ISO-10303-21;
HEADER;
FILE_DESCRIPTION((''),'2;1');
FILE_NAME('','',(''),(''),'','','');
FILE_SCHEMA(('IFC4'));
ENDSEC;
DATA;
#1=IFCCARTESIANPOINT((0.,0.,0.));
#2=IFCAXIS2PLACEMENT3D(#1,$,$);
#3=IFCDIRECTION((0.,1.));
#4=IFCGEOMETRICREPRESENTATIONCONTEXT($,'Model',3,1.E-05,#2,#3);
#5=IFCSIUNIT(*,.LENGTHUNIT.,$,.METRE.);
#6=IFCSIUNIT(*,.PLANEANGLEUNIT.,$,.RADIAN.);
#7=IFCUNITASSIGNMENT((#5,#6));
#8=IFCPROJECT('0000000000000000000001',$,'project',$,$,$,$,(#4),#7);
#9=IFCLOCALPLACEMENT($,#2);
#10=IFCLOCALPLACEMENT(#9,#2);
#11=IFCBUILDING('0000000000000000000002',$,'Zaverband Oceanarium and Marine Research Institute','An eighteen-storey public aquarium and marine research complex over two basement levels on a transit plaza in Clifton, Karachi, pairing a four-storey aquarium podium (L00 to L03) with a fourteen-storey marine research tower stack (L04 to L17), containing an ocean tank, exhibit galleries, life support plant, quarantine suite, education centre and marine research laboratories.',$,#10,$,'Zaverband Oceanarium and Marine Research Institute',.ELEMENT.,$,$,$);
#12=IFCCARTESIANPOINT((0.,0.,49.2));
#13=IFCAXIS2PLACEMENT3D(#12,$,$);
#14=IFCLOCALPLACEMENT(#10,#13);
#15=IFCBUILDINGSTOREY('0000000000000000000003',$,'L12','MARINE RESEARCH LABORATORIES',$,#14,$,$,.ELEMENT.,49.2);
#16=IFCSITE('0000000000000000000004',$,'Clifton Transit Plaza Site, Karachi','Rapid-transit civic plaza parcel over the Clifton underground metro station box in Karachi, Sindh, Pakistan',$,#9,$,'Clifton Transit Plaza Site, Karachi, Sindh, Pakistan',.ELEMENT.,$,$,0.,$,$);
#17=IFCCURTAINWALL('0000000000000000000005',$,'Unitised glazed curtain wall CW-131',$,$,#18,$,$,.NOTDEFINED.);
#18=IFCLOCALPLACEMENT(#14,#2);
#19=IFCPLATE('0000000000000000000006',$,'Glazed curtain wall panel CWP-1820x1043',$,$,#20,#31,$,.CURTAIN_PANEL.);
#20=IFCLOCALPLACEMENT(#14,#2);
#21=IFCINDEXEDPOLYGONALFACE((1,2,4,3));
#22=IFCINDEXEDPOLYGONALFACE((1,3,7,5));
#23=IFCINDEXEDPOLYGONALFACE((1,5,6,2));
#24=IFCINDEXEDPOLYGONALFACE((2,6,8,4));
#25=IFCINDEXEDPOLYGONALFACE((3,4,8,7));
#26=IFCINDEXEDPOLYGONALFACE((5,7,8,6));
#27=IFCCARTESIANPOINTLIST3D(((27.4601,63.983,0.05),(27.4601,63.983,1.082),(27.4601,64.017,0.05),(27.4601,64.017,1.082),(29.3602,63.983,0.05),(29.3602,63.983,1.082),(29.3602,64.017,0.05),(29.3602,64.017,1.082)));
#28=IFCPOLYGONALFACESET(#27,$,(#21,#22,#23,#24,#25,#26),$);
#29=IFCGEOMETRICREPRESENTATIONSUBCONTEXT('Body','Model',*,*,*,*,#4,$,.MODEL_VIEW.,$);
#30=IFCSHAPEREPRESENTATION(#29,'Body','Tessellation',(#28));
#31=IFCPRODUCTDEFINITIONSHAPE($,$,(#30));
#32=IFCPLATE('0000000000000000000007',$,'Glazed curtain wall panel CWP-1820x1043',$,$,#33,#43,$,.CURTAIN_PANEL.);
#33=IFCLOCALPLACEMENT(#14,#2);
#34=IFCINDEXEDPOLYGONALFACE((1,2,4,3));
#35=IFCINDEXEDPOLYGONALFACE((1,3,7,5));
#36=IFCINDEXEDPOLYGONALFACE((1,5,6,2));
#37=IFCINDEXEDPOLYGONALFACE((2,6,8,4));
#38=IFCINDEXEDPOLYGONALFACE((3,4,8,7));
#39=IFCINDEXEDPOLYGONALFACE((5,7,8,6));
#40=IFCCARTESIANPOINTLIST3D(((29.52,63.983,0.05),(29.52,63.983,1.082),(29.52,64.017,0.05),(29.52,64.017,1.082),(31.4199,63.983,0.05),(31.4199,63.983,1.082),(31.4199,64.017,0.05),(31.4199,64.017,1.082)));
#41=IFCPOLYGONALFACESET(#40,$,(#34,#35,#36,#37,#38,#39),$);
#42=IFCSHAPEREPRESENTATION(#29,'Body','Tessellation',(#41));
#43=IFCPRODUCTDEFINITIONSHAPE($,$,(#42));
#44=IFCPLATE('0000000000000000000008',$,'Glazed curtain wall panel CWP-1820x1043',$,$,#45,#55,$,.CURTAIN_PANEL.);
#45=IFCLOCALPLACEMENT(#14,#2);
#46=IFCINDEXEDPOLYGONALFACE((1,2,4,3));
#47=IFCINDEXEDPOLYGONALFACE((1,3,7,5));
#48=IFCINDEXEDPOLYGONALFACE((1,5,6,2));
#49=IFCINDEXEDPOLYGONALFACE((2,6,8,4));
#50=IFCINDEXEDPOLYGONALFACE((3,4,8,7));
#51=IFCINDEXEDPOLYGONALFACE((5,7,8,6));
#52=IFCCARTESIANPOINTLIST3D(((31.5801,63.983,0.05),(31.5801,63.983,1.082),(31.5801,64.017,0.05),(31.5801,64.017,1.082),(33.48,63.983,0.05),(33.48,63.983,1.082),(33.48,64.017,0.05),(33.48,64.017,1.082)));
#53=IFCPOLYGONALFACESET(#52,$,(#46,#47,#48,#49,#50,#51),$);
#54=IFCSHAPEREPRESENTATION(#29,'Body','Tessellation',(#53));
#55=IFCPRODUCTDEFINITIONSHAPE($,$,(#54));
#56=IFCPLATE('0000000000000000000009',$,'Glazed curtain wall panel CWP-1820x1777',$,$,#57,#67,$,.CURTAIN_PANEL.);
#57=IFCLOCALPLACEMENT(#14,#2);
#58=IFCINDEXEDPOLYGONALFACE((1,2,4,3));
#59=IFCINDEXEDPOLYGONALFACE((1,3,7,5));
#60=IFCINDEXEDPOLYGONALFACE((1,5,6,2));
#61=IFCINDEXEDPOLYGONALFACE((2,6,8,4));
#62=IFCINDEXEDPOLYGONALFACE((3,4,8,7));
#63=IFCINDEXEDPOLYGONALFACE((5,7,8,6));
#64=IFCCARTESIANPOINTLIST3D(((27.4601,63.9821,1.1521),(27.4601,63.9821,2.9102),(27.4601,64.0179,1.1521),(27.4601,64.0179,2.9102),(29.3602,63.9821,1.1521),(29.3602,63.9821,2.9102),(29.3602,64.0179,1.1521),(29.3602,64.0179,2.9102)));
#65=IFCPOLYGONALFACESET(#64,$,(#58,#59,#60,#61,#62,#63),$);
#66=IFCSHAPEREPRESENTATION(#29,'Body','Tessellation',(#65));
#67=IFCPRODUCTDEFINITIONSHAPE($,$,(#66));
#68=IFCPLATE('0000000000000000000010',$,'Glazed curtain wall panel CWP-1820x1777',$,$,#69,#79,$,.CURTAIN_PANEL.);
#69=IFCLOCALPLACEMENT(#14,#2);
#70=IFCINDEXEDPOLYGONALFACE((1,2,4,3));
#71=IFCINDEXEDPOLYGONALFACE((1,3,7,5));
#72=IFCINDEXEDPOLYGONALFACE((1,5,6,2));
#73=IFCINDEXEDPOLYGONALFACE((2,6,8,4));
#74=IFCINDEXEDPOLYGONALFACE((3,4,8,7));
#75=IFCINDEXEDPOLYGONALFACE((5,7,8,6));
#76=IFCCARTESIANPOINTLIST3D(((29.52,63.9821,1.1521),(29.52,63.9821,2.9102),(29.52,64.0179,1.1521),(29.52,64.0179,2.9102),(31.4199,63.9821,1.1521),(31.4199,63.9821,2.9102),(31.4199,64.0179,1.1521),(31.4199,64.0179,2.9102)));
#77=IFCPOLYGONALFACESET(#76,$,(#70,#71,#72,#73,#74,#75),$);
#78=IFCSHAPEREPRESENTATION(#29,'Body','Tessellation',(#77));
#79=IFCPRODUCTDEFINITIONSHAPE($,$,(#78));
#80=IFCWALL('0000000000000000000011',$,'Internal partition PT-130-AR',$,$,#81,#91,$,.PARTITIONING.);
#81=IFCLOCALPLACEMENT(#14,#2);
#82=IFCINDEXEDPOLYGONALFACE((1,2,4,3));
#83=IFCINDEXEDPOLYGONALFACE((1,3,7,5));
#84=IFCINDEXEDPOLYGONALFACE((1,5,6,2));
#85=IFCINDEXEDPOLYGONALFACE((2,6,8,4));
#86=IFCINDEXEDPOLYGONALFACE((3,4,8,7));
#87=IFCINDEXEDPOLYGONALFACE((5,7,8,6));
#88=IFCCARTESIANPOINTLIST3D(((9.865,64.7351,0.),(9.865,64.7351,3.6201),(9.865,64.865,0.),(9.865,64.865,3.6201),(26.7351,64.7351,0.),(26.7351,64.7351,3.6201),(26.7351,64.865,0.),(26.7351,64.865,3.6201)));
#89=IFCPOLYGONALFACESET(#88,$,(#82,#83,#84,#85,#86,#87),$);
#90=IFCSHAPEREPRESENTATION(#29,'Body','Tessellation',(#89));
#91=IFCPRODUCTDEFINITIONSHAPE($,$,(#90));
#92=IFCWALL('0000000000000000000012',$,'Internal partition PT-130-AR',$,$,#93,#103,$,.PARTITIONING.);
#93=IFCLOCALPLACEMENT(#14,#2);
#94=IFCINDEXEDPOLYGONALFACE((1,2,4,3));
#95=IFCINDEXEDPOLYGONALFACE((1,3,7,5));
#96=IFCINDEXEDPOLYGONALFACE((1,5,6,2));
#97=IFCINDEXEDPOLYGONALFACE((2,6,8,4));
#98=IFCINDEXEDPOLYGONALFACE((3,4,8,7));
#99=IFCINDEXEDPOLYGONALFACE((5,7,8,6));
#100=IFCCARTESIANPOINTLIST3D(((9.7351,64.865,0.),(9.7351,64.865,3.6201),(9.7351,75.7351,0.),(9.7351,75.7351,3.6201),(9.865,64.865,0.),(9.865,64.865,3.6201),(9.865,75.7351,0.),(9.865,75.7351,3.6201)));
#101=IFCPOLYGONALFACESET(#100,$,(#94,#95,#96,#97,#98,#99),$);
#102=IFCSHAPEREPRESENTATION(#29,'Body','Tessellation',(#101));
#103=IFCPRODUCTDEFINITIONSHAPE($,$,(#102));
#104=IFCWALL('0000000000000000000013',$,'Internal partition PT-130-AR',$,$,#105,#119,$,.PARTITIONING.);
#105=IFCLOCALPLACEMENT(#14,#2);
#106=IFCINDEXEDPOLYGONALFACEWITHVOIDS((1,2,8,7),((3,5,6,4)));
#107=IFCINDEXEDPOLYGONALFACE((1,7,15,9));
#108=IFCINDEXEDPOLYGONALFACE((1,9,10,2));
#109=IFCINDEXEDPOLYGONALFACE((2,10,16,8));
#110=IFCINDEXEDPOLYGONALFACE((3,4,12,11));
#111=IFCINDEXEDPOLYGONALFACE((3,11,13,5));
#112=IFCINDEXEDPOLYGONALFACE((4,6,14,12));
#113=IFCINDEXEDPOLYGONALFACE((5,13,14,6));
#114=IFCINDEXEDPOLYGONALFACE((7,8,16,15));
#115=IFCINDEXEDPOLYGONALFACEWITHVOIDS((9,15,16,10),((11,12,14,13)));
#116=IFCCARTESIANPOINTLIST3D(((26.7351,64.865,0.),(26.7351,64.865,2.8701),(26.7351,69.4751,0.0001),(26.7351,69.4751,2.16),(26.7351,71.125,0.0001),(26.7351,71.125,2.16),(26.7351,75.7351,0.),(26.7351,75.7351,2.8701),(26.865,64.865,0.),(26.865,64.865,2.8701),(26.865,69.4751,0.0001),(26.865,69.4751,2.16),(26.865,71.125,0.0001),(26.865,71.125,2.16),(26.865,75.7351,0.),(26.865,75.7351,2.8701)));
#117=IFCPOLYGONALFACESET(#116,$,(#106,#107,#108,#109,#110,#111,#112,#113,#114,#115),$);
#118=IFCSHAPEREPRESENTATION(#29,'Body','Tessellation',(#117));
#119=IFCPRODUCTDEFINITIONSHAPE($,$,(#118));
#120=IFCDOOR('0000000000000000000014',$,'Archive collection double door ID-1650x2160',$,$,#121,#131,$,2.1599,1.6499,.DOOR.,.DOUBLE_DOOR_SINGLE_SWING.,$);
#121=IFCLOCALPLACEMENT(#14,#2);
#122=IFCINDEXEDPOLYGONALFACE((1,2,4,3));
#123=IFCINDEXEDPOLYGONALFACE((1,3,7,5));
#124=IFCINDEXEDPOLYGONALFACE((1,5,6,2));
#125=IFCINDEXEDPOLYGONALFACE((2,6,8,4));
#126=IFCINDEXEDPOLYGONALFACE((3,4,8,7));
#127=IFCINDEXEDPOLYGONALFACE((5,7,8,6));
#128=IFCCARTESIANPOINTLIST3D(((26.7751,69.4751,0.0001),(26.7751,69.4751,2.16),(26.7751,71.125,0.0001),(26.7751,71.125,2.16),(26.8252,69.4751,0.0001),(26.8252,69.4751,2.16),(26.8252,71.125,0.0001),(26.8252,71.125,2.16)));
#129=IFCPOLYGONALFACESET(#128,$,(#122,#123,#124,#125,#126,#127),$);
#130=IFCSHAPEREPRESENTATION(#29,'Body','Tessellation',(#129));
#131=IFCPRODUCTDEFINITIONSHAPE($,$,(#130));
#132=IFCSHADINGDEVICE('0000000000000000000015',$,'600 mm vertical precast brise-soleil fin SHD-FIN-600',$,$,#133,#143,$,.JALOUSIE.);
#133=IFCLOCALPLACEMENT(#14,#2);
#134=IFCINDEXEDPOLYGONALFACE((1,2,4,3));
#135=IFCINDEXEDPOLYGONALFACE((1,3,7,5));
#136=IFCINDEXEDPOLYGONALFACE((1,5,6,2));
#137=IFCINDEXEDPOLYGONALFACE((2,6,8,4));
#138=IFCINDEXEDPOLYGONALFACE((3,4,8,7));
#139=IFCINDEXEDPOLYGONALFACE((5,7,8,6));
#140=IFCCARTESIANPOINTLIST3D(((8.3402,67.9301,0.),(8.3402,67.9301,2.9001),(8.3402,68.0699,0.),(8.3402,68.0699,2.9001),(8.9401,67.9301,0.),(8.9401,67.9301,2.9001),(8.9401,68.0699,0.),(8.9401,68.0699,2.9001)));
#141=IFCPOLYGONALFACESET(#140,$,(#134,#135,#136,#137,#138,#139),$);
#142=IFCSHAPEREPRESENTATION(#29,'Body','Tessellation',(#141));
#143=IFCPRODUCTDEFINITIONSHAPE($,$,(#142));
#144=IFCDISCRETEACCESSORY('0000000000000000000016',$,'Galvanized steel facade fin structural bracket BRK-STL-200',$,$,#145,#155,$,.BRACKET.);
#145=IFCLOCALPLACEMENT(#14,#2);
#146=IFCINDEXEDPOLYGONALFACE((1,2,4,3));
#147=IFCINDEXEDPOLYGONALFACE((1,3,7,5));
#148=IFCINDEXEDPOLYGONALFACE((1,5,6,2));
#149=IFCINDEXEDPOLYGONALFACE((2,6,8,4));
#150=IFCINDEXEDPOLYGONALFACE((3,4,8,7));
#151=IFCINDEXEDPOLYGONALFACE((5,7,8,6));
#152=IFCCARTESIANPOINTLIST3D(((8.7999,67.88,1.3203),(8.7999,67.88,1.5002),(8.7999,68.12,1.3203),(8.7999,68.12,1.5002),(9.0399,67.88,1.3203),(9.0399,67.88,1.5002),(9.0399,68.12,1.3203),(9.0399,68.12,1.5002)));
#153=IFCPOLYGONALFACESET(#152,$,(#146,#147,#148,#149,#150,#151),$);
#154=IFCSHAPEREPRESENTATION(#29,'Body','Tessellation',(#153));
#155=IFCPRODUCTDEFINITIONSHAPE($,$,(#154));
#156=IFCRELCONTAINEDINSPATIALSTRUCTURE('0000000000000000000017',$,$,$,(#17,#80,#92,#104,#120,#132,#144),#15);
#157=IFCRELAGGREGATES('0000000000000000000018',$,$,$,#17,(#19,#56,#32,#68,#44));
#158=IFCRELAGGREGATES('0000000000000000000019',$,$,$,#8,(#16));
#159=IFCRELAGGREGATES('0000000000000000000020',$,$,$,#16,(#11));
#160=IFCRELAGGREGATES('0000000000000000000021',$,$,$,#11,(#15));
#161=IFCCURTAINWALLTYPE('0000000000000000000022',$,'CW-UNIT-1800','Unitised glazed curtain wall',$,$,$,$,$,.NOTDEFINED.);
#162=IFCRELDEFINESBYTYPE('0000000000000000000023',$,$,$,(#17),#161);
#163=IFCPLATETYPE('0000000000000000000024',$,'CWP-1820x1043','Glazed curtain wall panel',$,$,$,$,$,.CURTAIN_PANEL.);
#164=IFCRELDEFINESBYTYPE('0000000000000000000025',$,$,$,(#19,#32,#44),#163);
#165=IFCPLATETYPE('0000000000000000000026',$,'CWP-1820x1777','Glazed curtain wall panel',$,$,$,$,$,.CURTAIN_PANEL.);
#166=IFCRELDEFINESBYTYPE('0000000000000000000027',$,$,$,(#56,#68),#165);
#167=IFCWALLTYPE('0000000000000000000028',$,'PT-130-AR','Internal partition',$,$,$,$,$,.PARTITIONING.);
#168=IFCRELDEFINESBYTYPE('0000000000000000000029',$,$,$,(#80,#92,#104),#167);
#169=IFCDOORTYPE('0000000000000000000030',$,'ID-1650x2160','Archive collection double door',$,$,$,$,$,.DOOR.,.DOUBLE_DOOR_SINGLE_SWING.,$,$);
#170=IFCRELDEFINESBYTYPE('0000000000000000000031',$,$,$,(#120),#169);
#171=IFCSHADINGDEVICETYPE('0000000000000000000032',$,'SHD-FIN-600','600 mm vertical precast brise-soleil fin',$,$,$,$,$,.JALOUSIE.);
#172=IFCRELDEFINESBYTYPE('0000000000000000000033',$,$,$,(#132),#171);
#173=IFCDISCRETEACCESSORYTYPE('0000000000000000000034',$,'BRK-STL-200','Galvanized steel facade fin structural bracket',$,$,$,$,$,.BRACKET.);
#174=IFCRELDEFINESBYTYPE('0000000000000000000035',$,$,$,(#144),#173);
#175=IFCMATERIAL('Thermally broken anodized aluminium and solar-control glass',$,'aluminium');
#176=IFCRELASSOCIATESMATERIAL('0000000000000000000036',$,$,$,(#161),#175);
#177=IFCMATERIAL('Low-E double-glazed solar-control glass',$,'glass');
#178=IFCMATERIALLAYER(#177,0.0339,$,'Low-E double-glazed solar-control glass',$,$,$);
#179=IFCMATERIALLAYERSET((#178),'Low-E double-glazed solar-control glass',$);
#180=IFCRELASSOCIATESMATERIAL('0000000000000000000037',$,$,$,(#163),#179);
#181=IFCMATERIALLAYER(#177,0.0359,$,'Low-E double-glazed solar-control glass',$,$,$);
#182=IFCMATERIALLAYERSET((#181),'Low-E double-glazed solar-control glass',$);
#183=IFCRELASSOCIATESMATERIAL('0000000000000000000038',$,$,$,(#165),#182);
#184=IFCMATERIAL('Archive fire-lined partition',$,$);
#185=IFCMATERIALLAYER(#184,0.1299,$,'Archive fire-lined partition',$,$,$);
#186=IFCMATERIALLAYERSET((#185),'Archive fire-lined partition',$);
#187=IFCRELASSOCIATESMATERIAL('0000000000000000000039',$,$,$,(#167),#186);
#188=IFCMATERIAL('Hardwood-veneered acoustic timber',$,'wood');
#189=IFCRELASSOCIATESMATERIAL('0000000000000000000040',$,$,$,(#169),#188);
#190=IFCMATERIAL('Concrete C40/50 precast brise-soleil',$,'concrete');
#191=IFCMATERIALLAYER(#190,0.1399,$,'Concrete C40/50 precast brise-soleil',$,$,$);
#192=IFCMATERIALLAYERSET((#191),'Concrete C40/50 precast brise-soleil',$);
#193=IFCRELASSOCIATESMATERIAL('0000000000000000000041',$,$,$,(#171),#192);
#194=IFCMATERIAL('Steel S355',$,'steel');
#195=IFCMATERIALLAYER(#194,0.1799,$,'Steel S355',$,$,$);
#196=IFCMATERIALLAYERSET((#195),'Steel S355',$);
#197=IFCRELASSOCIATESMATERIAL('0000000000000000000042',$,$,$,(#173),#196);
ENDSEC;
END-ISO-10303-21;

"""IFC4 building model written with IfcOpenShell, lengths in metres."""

from ifc_helpers import new_model, si_unit, direction, frame, frame_2d, origin, origin_2d, place, context, subcontext, project, spatial, rectangle, extrude, material, layer, layer_set, type_object, element, fill, aggregate, save


model = new_model("IFC4")

# Units and contexts
model_context = context("Model", 3, precision=1e-05, world=origin(), true_north=direction((0.0, 1.0)))
body_context = subcontext(model_context, "Body", "Model", "MODEL_VIEW")
ifc_project = project(units=[si_unit("LENGTHUNIT", "METRE"), si_unit("PLANEANGLEUNIT", "RADIAN")], contexts=[model_context])

# Site, building, storey
site_placement = place(None, origin())
site = spatial("IfcSite", under=ifc_project, at=site_placement, Name="Clifton Transit Plaza Site, Karachi", Description="Rapid-transit civic plaza parcel over the Clifton underground metro station box in Karachi, Sindh, Pakistan", LongName="Clifton Transit Plaza Site, Karachi, Sindh, Pakistan", CompositionType="ELEMENT", RefElevation=0.0)
building_placement = place(site_placement, origin())
building = spatial("IfcBuilding", under=site, at=building_placement, Name="Zaverband Oceanarium and Marine Research Institute", Description="An eighteen-storey public aquarium and marine research complex over two basement levels on a transit plaza in Clifton, Karachi, pairing a four-storey aquarium podium (L00 to L03) with a fourteen-storey marine research tower stack (L04 to L17), containing an ocean tank, exhibit galleries, life support plant, quarantine suite, education centre and marine research laboratories.", LongName="Zaverband Oceanarium and Marine Research Institute", CompositionType="ELEMENT")
storey_placement = place(building_placement, frame((0.0, 0.0, 49.2)))
storey = spatial("IfcBuildingStorey", under=building, at=storey_placement, Name="L12", Description="MARINE RESEARCH LABORATORIES", CompositionType="ELEMENT", Elevation=49.2)

# Shared definitions
ifc_material_1 = material(Name="Thermally broken anodized aluminium and solar-control glass", Category="aluminium")
curtain_wall_type = type_object("IfcCurtainWallType", Name="CW-UNIT-1800", Description="Unitised glazed curtain wall", PredefinedType="NOTDEFINED", material=ifc_material_1)

# Curtain wall
curtain_wall_1_placement = place(storey_placement, origin())
curtain_wall_1 = element("IfcCurtainWall", 1, at=curtain_wall_1_placement, inside=storey, type_object=curtain_wall_type, Name="Unitised glazed curtain wall CW-131", PredefinedType="NOTDEFINED")

# Plates
ifc_material_2 = material(Name="Low-E double-glazed solar-control glass", Category="glass")
ifc_layer_1 = layer(ifc_material_2, 0.0339, Name="Low-E double-glazed solar-control glass")
ifc_layer_set_1 = layer_set([ifc_layer_1], Name="Low-E double-glazed solar-control glass")
plate_type_1 = type_object("IfcPlateType", Name="CWP-1820x1043", Description="Glazed curtain wall panel", PredefinedType="CURTAIN_PANEL", material=ifc_layer_set_1)
plate_1_placement = place(storey_placement, frame((27.46, 64.0, 0.05), z_axis=(0.0, 0.0, 1.0), x_axis=(1.0, 0.0, 0.0)))
plate_1 = element("IfcPlate", 2, at=plate_1_placement, type_object=plate_type_1, Name="Glazed curtain wall panel CWP-1820x1043", PredefinedType="CURTAIN_PANEL", context=body_context, shape_type="SweptSolid", body=[
    extrude(rectangle(XDim=1.9001, YDim=0.0339, at=frame_2d((0.9502, 0.0))), origin(), (0.0, 0.0, 1.0), 1.032),
])
plate_2_placement = place(storey_placement, frame((29.52, 64.0, 0.05), z_axis=(0.0, 0.0, 1.0), x_axis=(1.0, 0.0, 0.0)))
plate_2 = element("IfcPlate", 3, at=plate_2_placement, type_object=plate_type_1, Name="Glazed curtain wall panel CWP-1820x1043", PredefinedType="CURTAIN_PANEL", context=body_context, shape_type="SweptSolid", body=[
    extrude(rectangle(XDim=1.8999, YDim=0.0339, at=frame_2d((0.95, 0.0))), origin(), (0.0, 0.0, 1.0), 1.032),
])
plate_3_placement = place(storey_placement, frame((31.5801, 64.0, 0.05), z_axis=(0.0, 0.0, 1.0), x_axis=(1.0, 0.0, 0.0)))
plate_3 = element("IfcPlate", 4, at=plate_3_placement, type_object=plate_type_1, Name="Glazed curtain wall panel CWP-1820x1043", PredefinedType="CURTAIN_PANEL", context=body_context, shape_type="SweptSolid", body=[
    extrude(rectangle(XDim=1.8999, YDim=0.0339, at=frame_2d((0.95, 0.0))), origin(), (0.0, 0.0, 1.0), 1.032),
])
ifc_layer_2 = layer(ifc_material_2, 0.0359, Name="Low-E double-glazed solar-control glass")
ifc_layer_set_2 = layer_set([ifc_layer_2], Name="Low-E double-glazed solar-control glass")
plate_type_2 = type_object("IfcPlateType", Name="CWP-1820x1777", Description="Glazed curtain wall panel", PredefinedType="CURTAIN_PANEL", material=ifc_layer_set_2)
plate_4_placement = place(storey_placement, frame((27.46, 64.0, 1.1521), z_axis=(0.0, 0.0, 1.0), x_axis=(1.0, 0.0, 0.0)))
plate_4 = element("IfcPlate", 5, at=plate_4_placement, type_object=plate_type_2, Name="Glazed curtain wall panel CWP-1820x1777", PredefinedType="CURTAIN_PANEL", context=body_context, shape_type="SweptSolid", body=[
    extrude(rectangle(XDim=1.9001, YDim=0.0359, at=frame_2d((0.9502, 0.0))), origin(), (0.0, 0.0, 1.0), 1.7581),
])
plate_5_placement = place(storey_placement, frame((29.52, 64.0, 1.1521), z_axis=(0.0, 0.0, 1.0), x_axis=(1.0, 0.0, 0.0)))
plate_5 = element("IfcPlate", 6, at=plate_5_placement, type_object=plate_type_2, Name="Glazed curtain wall panel CWP-1820x1777", PredefinedType="CURTAIN_PANEL", context=body_context, shape_type="SweptSolid", body=[
    extrude(rectangle(XDim=1.8999, YDim=0.0359, at=frame_2d((0.95, 0.0))), origin(), (0.0, 0.0, 1.0), 1.7581),
])
aggregate(curtain_wall_1, [plate_1, plate_4, plate_2, plate_5, plate_3])

# Walls
ifc_material_3 = material(Name="Archive fire-lined partition")
ifc_layer_3 = layer(ifc_material_3, 0.1299, Name="Archive fire-lined partition")
ifc_layer_set_3 = layer_set([ifc_layer_3], Name="Archive fire-lined partition")
wall_type = type_object("IfcWallType", Name="PT-130-AR", Description="Internal partition", PredefinedType="PARTITIONING", material=ifc_layer_set_3)
wall_1_placement = place(storey_placement, frame((9.865, 64.8, 0.0), z_axis=(0.0, 0.0, 1.0), x_axis=(1.0, 0.0, 0.0)))
element("IfcWall", 7, at=wall_1_placement, inside=storey, type_object=wall_type, Name="Internal partition PT-130-AR", PredefinedType="PARTITIONING", context=body_context, shape_type="SweptSolid", body=[
    extrude(rectangle(XDim=16.8701, YDim=0.1299, at=frame_2d((8.4351, 0.0))), origin(), (0.0, 0.0, 1.0), 3.6201),
])
wall_2_placement = place(storey_placement, frame((9.8, 64.865, 0.0), z_axis=(0.0, 0.0, 1.0), x_axis=(0.0, 1.0, 0.0)))
element("IfcWall", 8, at=wall_2_placement, inside=storey, type_object=wall_type, Name="Internal partition PT-130-AR", PredefinedType="PARTITIONING", context=body_context, shape_type="SweptSolid", body=[
    extrude(rectangle(XDim=10.8701, YDim=0.1299, at=frame_2d((5.4351, 0.0))), origin(), (0.0, 0.0, 1.0), 3.6201),
])

# Wall, opening, door
wall_3_placement = place(storey_placement, frame((26.8, 64.865, 0.0), z_axis=(0.0, 0.0, 1.0), x_axis=(0.0, 1.0, 0.0)))
wall_3 = element("IfcWall", 9, at=wall_3_placement, inside=storey, type_object=wall_type, Name="Internal partition PT-130-AR", PredefinedType="PARTITIONING", context=body_context, shape_type="SweptSolid", body=[
    extrude(rectangle(XDim=10.8701, YDim=0.1299, at=frame_2d((5.4351, 0.0))), origin(), (0.0, 0.0, 1.0), 2.8701),
])
opening_placement = place(wall_3_placement, frame((4.6101, 0.0, 0.0)))
opening = element("IfcOpeningElement", 10, at=opening_placement, cuts=wall_3, PredefinedType="OPENING", context=body_context, shape_type="SweptSolid", body=[
    extrude(rectangle(XDim=1.6499, YDim=2.1599, at=frame_2d((0.825, 1.0801))), frame((0.0, 0.0769, 0.0), z_axis=(0.0, -1.0, 0.0), x_axis=(1.0, 0.0, 0.0)), (0.0, 0.0, 1.0), 0.1538),
])
ifc_material_4 = material(Name="Hardwood-veneered acoustic timber", Category="wood")
door_type = type_object("IfcDoorType", Name="ID-1650x2160", Description="Archive collection double door", OperationType="DOUBLE_DOOR_SINGLE_SWING", PredefinedType="DOOR", material=ifc_material_4)
door_placement = place(opening_placement, origin())
door = element("IfcDoor", 11, at=door_placement, inside=storey, type_object=door_type, Name="Archive collection double door ID-1650x2160", OperationType="DOUBLE_DOOR_SINGLE_SWING", OverallHeight=2.1599, OverallWidth=1.6499, PredefinedType="DOOR", context=body_context, shape_type="SweptSolid", body=[
    extrude(rectangle(XDim=1.6499, YDim=2.1599, at=frame_2d((0.825, 1.0801))), frame((0.0, 0.0249, 0.0), z_axis=(0.0, -1.0, 0.0), x_axis=(1.0, 0.0, 0.0)), (0.0, 0.0, 1.0), 0.05),
])
fill(opening, door)

# Shared definitions
ifc_material_5 = material(Name="Steel S355", Category="steel")

# Shading device
ifc_material_6 = material(Name="Concrete C40/50 precast brise-soleil", Category="concrete")
ifc_layer_4 = layer(ifc_material_6, 0.1399, Name="Concrete C40/50 precast brise-soleil")
ifc_layer_set_4 = layer_set([ifc_layer_4], Name="Concrete C40/50 precast brise-soleil")
shading_device_type = type_object("IfcShadingDeviceType", Name="SHD-FIN-600", Description="600 mm vertical precast brise-soleil fin", PredefinedType="JALOUSIE", material=ifc_layer_set_4)
shading_device_placement = place(storey_placement, frame((8.9399, 68.0, 0.0), z_axis=(0.0, 0.0, 1.0), x_axis=(-1.0, 0.0, 0.0)))
element("IfcShadingDevice", 12, at=shading_device_placement, inside=storey, type_object=shading_device_type, Name="600 mm vertical precast brise-soleil fin SHD-FIN-600", PredefinedType="JALOUSIE", context=body_context, shape_type="SweptSolid", body=[
    extrude(rectangle(XDim=0.5999, YDim=0.1399, at=frame_2d((0.2998, 0.0))), origin(), (0.0, 0.0, 1.0), 2.9001),
])

# Discrete accessory
ifc_layer_5 = layer(ifc_material_5, 0.1799, Name="Steel S355")
ifc_layer_set_5 = layer_set([ifc_layer_5], Name="Steel S355")
discrete_accessory_type = type_object("IfcDiscreteAccessoryType", Name="BRK-STL-200", Description="Galvanized steel facade fin structural bracket", PredefinedType="BRACKET", material=ifc_layer_set_5)
discrete_accessory_placement = place(storey_placement, frame((8.9199, 68.0, 1.3203), z_axis=(0.0, 0.0, 1.0), x_axis=(1.0, 0.0, 0.0)))
element("IfcDiscreteAccessory", 13, at=discrete_accessory_placement, inside=storey, type_object=discrete_accessory_type, Name="Galvanized steel facade fin structural bracket BRK-STL-200", PredefinedType="BRACKET", context=body_context, shape_type="SweptSolid", body=[
    extrude(rectangle(XDim=0.24, YDim=0.24, at=origin_2d()), origin(), (0.0, 0.0, 1.0), 0.1799),
])

save(model, "model.ifc")
